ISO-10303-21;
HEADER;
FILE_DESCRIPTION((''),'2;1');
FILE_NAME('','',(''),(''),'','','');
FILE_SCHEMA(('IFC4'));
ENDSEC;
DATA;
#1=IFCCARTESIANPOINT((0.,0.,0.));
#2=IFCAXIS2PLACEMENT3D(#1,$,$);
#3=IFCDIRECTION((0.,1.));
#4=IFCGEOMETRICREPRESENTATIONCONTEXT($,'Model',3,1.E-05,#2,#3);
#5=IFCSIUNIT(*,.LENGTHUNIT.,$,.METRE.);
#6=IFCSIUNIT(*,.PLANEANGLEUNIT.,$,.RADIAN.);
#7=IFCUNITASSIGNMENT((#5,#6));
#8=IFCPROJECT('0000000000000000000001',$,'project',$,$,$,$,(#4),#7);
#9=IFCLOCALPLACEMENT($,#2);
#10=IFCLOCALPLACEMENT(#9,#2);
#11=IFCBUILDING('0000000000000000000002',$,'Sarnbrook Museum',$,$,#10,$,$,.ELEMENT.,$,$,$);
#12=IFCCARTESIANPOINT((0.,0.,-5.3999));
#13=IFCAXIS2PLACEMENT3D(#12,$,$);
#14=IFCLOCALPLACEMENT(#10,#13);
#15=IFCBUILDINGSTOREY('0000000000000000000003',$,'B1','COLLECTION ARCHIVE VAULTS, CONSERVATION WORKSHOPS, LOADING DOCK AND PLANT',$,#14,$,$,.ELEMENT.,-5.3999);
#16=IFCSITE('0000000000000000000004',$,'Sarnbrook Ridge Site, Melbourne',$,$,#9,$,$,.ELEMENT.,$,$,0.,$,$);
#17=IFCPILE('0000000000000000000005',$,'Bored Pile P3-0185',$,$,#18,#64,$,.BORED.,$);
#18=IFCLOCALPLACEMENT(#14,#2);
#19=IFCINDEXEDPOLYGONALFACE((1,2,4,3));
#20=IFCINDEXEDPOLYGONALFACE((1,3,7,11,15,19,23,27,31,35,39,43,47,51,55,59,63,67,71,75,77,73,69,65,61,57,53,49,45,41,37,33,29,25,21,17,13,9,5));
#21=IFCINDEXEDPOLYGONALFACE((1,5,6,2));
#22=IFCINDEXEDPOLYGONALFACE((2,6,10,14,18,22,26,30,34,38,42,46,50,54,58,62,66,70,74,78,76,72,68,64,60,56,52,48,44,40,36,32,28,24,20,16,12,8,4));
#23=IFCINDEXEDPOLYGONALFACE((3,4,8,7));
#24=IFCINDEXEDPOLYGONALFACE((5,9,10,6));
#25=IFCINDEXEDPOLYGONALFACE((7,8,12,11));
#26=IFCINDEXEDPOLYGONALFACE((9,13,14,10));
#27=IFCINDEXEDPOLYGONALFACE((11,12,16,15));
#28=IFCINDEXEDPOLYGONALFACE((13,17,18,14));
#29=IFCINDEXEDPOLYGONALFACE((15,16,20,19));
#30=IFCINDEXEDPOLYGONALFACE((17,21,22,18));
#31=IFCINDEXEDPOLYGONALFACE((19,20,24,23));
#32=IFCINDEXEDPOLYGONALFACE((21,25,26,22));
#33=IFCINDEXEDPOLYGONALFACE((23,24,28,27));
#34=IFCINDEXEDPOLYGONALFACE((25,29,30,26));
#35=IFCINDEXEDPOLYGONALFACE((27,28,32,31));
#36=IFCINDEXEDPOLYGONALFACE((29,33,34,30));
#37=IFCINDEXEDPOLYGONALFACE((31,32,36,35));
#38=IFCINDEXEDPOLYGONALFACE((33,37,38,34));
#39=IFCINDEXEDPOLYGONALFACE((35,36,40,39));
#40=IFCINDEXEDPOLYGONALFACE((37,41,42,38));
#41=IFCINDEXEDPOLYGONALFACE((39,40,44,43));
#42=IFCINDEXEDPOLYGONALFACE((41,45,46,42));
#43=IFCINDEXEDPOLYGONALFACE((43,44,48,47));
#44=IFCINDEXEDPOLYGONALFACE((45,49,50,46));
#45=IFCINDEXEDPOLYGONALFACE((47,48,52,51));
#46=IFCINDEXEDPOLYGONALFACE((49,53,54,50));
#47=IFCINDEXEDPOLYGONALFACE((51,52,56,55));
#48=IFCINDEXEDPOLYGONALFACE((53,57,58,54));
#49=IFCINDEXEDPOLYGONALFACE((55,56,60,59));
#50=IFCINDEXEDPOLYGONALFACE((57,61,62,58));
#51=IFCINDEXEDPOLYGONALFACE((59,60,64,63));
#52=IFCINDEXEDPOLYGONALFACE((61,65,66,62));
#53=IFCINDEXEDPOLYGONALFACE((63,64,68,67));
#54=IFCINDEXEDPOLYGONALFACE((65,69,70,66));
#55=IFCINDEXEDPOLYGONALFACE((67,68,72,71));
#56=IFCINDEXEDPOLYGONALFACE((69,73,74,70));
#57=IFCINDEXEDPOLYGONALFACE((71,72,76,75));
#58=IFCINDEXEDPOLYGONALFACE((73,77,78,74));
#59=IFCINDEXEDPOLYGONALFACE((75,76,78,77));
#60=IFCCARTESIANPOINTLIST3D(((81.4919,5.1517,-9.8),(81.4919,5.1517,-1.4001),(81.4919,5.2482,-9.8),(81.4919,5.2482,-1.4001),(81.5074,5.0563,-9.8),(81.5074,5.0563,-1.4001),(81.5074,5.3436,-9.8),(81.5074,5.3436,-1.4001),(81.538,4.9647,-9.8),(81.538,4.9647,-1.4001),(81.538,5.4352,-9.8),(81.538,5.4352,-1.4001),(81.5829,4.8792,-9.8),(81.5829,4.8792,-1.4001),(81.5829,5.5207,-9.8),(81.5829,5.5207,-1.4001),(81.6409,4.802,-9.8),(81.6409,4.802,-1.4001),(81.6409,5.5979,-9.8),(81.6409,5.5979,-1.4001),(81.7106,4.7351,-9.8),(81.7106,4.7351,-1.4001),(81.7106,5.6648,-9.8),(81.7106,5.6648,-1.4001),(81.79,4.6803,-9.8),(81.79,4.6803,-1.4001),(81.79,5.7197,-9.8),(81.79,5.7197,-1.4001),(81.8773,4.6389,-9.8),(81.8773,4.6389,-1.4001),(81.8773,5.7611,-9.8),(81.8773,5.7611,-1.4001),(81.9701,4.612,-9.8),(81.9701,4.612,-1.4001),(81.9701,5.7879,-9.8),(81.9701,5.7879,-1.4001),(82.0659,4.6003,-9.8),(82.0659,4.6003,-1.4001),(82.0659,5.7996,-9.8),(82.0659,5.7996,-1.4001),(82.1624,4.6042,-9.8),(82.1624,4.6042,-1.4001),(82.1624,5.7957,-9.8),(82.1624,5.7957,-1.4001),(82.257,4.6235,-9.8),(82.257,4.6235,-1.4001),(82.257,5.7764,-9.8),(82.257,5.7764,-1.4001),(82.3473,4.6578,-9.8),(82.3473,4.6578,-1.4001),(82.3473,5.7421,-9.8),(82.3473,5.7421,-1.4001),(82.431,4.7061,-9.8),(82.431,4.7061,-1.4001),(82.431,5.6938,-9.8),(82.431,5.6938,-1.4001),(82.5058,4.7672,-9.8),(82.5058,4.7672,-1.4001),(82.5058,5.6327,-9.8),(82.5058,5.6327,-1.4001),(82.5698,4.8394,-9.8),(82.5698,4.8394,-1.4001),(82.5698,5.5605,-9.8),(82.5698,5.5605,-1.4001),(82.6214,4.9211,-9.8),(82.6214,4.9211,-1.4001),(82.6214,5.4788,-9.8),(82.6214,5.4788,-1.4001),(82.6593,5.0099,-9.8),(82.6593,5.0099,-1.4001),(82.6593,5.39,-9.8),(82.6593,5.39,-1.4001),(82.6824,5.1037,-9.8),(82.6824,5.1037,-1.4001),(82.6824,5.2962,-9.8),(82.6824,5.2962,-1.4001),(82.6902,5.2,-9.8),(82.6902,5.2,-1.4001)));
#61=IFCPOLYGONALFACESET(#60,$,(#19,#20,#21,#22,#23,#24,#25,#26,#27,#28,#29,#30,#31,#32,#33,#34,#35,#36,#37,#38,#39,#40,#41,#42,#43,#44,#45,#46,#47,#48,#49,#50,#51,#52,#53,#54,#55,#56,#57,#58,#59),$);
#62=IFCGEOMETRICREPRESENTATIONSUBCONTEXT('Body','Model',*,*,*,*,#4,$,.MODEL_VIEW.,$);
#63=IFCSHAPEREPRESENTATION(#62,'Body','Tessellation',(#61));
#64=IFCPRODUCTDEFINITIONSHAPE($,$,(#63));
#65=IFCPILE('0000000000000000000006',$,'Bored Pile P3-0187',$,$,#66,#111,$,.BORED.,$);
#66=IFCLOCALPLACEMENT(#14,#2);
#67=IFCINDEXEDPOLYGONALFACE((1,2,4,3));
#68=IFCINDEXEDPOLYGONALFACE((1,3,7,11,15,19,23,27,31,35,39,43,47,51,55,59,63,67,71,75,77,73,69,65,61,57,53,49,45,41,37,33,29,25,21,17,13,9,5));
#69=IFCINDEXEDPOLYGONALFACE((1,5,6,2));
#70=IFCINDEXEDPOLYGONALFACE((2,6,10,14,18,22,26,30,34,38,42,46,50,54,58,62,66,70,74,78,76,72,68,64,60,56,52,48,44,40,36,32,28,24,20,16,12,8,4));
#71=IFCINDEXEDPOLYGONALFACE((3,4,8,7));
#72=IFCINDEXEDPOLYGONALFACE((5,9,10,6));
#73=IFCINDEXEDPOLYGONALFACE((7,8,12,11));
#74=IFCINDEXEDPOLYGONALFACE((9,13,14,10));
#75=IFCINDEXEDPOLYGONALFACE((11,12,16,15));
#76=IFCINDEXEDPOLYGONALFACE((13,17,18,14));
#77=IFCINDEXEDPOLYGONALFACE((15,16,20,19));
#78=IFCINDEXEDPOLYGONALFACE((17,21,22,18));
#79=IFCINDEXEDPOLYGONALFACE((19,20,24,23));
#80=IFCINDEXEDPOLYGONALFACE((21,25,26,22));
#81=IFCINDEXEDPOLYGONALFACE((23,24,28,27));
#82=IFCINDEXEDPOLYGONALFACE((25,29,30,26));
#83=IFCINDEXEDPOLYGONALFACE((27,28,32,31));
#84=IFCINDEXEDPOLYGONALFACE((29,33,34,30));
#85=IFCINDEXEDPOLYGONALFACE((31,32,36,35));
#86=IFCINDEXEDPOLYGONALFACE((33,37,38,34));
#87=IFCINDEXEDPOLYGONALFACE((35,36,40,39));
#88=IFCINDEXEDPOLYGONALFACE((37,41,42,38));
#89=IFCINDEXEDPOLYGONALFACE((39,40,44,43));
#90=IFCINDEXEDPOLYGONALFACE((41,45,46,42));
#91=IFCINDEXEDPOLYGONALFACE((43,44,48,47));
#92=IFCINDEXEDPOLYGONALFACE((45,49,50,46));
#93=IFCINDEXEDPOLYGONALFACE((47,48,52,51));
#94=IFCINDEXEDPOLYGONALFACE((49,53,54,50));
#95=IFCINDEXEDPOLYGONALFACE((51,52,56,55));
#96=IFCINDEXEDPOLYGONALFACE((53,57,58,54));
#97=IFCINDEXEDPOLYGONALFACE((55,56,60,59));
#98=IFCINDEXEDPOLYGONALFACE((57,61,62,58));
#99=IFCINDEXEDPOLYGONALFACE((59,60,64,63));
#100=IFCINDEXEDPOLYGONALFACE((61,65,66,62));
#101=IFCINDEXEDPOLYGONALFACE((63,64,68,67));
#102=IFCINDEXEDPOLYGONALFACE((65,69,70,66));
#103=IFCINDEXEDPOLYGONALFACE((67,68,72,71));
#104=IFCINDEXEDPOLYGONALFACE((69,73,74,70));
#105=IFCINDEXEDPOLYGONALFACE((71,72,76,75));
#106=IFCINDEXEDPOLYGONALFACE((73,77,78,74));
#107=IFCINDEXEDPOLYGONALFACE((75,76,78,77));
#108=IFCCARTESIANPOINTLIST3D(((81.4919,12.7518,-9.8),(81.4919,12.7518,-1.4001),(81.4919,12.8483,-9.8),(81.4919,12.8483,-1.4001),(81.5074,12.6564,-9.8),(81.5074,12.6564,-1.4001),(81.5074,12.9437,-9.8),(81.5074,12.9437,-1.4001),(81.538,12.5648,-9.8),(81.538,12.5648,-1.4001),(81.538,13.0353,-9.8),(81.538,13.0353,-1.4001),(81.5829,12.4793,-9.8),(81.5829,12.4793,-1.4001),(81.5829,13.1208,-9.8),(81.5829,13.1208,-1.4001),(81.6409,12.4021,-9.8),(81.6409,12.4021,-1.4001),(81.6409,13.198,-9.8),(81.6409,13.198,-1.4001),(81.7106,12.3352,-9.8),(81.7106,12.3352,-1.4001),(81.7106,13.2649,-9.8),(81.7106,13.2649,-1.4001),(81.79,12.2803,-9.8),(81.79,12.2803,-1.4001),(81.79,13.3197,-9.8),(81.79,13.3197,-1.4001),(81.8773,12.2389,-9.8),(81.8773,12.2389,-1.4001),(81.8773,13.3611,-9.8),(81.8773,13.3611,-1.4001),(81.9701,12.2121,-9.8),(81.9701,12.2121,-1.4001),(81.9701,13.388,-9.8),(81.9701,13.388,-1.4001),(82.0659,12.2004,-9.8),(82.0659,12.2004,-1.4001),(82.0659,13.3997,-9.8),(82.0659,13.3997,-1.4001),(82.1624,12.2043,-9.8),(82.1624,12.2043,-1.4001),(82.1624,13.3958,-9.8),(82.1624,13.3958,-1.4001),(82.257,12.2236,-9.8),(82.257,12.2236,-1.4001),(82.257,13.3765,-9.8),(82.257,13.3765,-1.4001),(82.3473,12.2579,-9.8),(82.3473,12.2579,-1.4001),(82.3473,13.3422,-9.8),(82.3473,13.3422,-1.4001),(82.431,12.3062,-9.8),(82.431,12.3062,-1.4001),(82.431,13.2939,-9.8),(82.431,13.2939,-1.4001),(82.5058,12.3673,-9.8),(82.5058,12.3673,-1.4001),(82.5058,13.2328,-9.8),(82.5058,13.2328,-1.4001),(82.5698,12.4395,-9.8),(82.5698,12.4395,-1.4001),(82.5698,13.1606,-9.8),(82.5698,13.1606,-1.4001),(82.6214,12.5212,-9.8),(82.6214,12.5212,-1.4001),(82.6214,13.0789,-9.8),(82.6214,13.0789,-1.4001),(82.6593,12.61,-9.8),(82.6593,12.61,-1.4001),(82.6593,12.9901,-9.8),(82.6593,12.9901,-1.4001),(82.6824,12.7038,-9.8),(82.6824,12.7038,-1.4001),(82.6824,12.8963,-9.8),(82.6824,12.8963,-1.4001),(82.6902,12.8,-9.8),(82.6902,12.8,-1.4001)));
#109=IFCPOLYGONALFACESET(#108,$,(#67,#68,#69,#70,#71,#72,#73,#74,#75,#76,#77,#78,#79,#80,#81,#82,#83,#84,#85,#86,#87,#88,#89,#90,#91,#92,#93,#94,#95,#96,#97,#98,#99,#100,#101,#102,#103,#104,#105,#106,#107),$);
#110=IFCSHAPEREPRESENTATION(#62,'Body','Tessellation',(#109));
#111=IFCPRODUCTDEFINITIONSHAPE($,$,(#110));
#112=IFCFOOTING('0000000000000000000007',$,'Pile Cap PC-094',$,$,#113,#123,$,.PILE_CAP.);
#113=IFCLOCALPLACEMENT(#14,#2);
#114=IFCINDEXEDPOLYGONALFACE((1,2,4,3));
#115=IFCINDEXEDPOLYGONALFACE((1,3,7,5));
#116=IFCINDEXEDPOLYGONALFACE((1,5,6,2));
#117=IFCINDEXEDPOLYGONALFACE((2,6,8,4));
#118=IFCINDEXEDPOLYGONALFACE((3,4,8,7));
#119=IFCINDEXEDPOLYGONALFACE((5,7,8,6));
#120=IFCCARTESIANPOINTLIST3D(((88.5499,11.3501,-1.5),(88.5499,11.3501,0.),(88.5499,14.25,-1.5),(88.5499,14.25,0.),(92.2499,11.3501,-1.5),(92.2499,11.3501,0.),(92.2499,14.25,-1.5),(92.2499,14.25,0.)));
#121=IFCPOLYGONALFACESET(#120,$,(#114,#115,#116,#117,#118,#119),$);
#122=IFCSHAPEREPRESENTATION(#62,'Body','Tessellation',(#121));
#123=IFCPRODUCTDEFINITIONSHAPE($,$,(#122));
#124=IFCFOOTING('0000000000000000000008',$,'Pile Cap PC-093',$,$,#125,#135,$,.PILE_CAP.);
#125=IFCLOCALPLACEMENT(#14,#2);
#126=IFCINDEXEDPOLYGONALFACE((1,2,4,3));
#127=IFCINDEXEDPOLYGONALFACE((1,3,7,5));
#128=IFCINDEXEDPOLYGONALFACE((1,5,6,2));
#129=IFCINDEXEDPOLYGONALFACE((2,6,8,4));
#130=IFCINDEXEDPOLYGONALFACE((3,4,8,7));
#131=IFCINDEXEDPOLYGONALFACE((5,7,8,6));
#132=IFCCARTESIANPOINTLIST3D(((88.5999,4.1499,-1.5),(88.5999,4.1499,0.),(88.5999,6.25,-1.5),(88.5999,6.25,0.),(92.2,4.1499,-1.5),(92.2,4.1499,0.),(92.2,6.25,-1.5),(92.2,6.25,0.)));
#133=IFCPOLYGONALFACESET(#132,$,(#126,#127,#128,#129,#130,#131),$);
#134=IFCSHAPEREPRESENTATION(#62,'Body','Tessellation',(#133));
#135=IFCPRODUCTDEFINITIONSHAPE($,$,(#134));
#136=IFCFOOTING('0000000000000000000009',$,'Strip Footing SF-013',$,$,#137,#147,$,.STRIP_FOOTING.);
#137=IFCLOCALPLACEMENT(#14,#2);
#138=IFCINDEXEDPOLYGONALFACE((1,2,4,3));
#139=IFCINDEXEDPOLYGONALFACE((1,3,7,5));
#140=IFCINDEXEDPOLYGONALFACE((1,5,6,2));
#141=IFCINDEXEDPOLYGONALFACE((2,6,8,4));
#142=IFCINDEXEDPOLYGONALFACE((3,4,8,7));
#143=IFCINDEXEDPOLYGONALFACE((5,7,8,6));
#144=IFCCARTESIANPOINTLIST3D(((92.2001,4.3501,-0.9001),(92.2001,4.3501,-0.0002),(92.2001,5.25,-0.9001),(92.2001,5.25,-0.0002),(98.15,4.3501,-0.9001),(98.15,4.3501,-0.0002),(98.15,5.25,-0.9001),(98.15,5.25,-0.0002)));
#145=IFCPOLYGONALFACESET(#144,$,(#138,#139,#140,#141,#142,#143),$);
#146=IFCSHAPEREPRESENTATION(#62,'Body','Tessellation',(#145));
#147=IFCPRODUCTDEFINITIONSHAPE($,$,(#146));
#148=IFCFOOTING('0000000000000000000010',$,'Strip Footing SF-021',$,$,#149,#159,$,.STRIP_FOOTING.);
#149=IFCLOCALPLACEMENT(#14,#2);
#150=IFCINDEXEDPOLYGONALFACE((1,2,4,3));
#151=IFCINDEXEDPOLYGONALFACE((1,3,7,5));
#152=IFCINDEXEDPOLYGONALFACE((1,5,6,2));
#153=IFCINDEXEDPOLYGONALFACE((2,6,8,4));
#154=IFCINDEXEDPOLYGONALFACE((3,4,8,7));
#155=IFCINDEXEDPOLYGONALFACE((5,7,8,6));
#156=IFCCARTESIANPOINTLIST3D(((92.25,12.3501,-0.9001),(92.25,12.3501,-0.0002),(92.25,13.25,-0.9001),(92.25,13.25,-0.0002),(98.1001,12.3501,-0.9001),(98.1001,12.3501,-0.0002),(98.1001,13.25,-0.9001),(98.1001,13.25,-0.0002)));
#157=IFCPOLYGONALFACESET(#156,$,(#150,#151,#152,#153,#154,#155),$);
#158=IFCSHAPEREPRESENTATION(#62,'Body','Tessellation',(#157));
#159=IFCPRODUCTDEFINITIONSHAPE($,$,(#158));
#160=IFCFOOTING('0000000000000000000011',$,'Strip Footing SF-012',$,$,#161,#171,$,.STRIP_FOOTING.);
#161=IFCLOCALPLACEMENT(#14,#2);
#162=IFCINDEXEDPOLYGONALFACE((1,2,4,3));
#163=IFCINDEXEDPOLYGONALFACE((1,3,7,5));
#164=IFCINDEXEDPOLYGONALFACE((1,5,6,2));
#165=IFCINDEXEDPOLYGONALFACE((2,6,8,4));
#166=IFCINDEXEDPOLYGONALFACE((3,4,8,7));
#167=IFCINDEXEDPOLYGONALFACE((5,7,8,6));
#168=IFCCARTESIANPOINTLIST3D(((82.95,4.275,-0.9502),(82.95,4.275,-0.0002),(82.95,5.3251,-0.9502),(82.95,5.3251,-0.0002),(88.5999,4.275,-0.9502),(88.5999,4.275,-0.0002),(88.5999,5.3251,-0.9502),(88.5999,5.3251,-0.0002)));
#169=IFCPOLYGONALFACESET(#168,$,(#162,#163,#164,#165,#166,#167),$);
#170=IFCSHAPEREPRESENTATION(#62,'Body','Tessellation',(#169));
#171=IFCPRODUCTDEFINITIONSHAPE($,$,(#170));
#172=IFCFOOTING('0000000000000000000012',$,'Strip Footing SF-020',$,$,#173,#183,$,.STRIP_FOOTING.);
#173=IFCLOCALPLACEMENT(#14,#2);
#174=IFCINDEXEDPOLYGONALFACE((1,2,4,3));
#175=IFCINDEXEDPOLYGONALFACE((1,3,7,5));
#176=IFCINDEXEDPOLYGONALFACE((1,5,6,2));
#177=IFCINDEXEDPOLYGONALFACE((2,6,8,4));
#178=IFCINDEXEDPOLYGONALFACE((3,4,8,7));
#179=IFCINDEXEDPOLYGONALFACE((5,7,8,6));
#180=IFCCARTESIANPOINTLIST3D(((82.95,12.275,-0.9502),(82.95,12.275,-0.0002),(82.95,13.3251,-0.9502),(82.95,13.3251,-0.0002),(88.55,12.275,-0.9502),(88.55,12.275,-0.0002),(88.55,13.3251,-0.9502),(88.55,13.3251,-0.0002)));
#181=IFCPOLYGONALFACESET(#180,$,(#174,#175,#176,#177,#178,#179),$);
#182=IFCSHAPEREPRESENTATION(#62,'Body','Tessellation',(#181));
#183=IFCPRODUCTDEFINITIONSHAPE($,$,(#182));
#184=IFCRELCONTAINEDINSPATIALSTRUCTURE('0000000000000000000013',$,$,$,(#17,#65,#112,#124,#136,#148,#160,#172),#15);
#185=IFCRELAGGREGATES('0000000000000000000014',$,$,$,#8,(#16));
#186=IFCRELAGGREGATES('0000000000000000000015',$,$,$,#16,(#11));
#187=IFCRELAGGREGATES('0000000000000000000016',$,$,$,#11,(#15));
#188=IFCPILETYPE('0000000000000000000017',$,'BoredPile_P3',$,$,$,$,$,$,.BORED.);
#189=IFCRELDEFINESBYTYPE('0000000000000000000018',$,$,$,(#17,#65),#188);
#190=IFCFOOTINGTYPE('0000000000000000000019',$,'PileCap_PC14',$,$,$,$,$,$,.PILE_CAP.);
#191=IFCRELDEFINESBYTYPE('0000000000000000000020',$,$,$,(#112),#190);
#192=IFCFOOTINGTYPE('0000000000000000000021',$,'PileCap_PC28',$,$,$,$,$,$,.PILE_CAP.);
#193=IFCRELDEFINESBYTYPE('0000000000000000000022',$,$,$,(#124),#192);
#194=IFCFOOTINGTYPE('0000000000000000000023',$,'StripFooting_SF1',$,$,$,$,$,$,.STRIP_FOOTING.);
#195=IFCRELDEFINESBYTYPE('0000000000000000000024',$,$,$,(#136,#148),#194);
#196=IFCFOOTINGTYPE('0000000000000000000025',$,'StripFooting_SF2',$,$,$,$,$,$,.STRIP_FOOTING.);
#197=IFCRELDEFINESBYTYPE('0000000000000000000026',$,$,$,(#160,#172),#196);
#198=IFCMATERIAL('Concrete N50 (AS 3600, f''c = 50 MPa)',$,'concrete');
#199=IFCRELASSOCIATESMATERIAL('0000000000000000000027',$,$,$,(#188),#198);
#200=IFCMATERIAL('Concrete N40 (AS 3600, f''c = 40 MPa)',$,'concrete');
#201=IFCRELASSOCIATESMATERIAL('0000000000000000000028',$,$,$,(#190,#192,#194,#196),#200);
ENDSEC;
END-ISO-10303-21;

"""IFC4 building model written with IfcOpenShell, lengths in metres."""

from ifc_helpers import new_model, si_unit, direction, frame, origin, origin_2d, place, context, subcontext, project, spatial, rectangle, circle, extrude, material, material_profile, profile_set, type_object, element, save


model = new_model("IFC4")

# Units and contexts
model_context = context("Model", 3, precision=1e-05, world=origin(), true_north=direction((0.0, 1.0)))
body_context = subcontext(model_context, "Body", "Model", "MODEL_VIEW")
ifc_project = project(units=[si_unit("LENGTHUNIT", "METRE"), si_unit("PLANEANGLEUNIT", "RADIAN")], contexts=[model_context])

# Site, building, storey
site_placement = place(None, origin())
site = spatial("IfcSite", under=ifc_project, at=site_placement, Name="Sarnbrook Ridge Site, Melbourne", CompositionType="ELEMENT", RefElevation=0.0)
building_placement = place(site_placement, origin())
building = spatial("IfcBuilding", under=site, at=building_placement, Name="Sarnbrook Museum", CompositionType="ELEMENT")
storey_placement = place(building_placement, frame((0.0, 0.0, -5.3999)))
storey = spatial("IfcBuildingStorey", under=building, at=storey_placement, Name="B1", Description="COLLECTION ARCHIVE VAULTS, CONSERVATION WORKSHOPS, LOADING DOCK AND PLANT", CompositionType="ELEMENT", Elevation=-5.3999)

# Piles
ifc_material_1 = material(Name="Concrete N50 (AS 3600, f'c = 50 MPa)", Category="concrete")
ifc_material_profile_1 = material_profile(ifc_material_1, circle(Radius=0.6001, at=origin_2d()), Name="BORED PILE D1200")
ifc_profile_set_1 = profile_set([ifc_material_profile_1], Name="Concrete N50 (AS 3600, f'c = 50 MPa)")
pile_type_1 = type_object("IfcPileType", Name="BoredPile_P3", PredefinedType="BORED", material=ifc_profile_set_1)
for number, where, z_axis, x_axis, name in (
    (1, (82.0901, 5.2, -1.4001), (0.0, 0.0, -1.0), (1.0, 0.0, 0.0), "Bored Pile P3-0185"),
    (2, (82.0901, 12.8, -1.4001), (0.0, 0.0, -1.0), (1.0, 0.0, 0.0), "Bored Pile P3-0187"),
):
    element("IfcPile", number, at=place(storey_placement, frame(where, z_axis=z_axis, x_axis=x_axis)), inside=storey, type_object=pile_type_1, Name=name, PredefinedType="BORED", context=body_context, shape_type="SweptSolid", body=[
        extrude(circle(Radius=0.6001, at=origin_2d()), origin(), (0.0, 0.0, 1.0), 8.3999),
    ])

# Footings
ifc_material_2 = material(Name="Concrete N40 (AS 3600, f'c = 40 MPa)", Category="concrete")
footing_type_1 = type_object("IfcFootingType", Name="PileCap_PC14", PredefinedType="PILE_CAP", material=ifc_material_2)
footing_1_placement = place(storey_placement, frame((90.3999, 12.8, -1.5), z_axis=(0.0, 0.0, 1.0), x_axis=(1.0, 0.0, 0.0)))
element("IfcFooting", 3, at=footing_1_placement, inside=storey, type_object=footing_type_1, Name="Pile Cap PC-094", PredefinedType="PILE_CAP", context=body_context, shape_type="SweptSolid", body=[
    extrude(rectangle(XDim=3.7, YDim=2.8999, at=origin_2d()), origin(), (0.0, 0.0, 1.0), 1.5),
])
footing_type_2 = type_object("IfcFootingType", Name="PileCap_PC28", PredefinedType="PILE_CAP", material=ifc_material_2)
footing_2_placement = place(storey_placement, frame((90.3999, 5.2, -1.5), z_axis=(0.0, 0.0, 1.0), x_axis=(1.0, 0.0, 0.0)))
element("IfcFooting", 4, at=footing_2_placement, inside=storey, type_object=footing_type_2, Name="Pile Cap PC-093", PredefinedType="PILE_CAP", context=body_context, shape_type="SweptSolid", body=[
    extrude(rectangle(XDim=3.6001, YDim=2.1001, at=origin_2d()), origin(), (0.0, 0.0, 1.0), 1.5),
])
footing_type_3 = type_object("IfcFootingType", Name="StripFooting_SF1", PredefinedType="STRIP_FOOTING", material=ifc_material_2)
footing_3_placement = place(storey_placement, frame((95.175, 4.8, -0.9001), z_axis=(0.0, 0.0, 1.0), x_axis=(1.0, 0.0, 0.0)))
element("IfcFooting", 5, at=footing_3_placement, inside=storey, type_object=footing_type_3, Name="Strip Footing SF-013", PredefinedType="STRIP_FOOTING", context=body_context, shape_type="SweptSolid", body=[
    extrude(rectangle(XDim=5.95, YDim=0.8999, at=origin_2d()), origin(), (0.0, 0.0, 1.0), 0.8999),
])
footing_4_placement = place(storey_placement, frame((95.175, 12.8, -0.9001), z_axis=(0.0, 0.0, 1.0), x_axis=(1.0, 0.0, 0.0)))
element("IfcFooting", 6, at=footing_4_placement, inside=storey, type_object=footing_type_3, Name="Strip Footing SF-021", PredefinedType="STRIP_FOOTING", context=body_context, shape_type="SweptSolid", body=[
    extrude(rectangle(XDim=5.8501, YDim=0.8999, at=origin_2d()), origin(), (0.0, 0.0, 1.0), 0.8999),
])
footing_type_4 = type_object("IfcFootingType", Name="StripFooting_SF2", PredefinedType="STRIP_FOOTING", material=ifc_material_2)
footing_5_placement = place(storey_placement, frame((85.7749, 4.8, -0.9502), z_axis=(0.0, 0.0, 1.0), x_axis=(1.0, 0.0, 0.0)))
element("IfcFooting", 7, at=footing_5_placement, inside=storey, type_object=footing_type_4, Name="Strip Footing SF-012", PredefinedType="STRIP_FOOTING", context=body_context, shape_type="SweptSolid", body=[
    extrude(rectangle(XDim=5.6499, YDim=1.05, at=origin_2d()), origin(), (0.0, 0.0, 1.0), 0.95),
])
footing_6_placement = place(storey_placement, frame((85.75, 12.8, -0.9502), z_axis=(0.0, 0.0, 1.0), x_axis=(1.0, 0.0, 0.0)))
element("IfcFooting", 8, at=footing_6_placement, inside=storey, type_object=footing_type_4, Name="Strip Footing SF-020", PredefinedType="STRIP_FOOTING", context=body_context, shape_type="SweptSolid", body=[
    extrude(rectangle(XDim=5.6001, YDim=1.05, at=origin_2d()), origin(), (0.0, 0.0, 1.0), 0.95),
])

save(model, "model.ifc")
